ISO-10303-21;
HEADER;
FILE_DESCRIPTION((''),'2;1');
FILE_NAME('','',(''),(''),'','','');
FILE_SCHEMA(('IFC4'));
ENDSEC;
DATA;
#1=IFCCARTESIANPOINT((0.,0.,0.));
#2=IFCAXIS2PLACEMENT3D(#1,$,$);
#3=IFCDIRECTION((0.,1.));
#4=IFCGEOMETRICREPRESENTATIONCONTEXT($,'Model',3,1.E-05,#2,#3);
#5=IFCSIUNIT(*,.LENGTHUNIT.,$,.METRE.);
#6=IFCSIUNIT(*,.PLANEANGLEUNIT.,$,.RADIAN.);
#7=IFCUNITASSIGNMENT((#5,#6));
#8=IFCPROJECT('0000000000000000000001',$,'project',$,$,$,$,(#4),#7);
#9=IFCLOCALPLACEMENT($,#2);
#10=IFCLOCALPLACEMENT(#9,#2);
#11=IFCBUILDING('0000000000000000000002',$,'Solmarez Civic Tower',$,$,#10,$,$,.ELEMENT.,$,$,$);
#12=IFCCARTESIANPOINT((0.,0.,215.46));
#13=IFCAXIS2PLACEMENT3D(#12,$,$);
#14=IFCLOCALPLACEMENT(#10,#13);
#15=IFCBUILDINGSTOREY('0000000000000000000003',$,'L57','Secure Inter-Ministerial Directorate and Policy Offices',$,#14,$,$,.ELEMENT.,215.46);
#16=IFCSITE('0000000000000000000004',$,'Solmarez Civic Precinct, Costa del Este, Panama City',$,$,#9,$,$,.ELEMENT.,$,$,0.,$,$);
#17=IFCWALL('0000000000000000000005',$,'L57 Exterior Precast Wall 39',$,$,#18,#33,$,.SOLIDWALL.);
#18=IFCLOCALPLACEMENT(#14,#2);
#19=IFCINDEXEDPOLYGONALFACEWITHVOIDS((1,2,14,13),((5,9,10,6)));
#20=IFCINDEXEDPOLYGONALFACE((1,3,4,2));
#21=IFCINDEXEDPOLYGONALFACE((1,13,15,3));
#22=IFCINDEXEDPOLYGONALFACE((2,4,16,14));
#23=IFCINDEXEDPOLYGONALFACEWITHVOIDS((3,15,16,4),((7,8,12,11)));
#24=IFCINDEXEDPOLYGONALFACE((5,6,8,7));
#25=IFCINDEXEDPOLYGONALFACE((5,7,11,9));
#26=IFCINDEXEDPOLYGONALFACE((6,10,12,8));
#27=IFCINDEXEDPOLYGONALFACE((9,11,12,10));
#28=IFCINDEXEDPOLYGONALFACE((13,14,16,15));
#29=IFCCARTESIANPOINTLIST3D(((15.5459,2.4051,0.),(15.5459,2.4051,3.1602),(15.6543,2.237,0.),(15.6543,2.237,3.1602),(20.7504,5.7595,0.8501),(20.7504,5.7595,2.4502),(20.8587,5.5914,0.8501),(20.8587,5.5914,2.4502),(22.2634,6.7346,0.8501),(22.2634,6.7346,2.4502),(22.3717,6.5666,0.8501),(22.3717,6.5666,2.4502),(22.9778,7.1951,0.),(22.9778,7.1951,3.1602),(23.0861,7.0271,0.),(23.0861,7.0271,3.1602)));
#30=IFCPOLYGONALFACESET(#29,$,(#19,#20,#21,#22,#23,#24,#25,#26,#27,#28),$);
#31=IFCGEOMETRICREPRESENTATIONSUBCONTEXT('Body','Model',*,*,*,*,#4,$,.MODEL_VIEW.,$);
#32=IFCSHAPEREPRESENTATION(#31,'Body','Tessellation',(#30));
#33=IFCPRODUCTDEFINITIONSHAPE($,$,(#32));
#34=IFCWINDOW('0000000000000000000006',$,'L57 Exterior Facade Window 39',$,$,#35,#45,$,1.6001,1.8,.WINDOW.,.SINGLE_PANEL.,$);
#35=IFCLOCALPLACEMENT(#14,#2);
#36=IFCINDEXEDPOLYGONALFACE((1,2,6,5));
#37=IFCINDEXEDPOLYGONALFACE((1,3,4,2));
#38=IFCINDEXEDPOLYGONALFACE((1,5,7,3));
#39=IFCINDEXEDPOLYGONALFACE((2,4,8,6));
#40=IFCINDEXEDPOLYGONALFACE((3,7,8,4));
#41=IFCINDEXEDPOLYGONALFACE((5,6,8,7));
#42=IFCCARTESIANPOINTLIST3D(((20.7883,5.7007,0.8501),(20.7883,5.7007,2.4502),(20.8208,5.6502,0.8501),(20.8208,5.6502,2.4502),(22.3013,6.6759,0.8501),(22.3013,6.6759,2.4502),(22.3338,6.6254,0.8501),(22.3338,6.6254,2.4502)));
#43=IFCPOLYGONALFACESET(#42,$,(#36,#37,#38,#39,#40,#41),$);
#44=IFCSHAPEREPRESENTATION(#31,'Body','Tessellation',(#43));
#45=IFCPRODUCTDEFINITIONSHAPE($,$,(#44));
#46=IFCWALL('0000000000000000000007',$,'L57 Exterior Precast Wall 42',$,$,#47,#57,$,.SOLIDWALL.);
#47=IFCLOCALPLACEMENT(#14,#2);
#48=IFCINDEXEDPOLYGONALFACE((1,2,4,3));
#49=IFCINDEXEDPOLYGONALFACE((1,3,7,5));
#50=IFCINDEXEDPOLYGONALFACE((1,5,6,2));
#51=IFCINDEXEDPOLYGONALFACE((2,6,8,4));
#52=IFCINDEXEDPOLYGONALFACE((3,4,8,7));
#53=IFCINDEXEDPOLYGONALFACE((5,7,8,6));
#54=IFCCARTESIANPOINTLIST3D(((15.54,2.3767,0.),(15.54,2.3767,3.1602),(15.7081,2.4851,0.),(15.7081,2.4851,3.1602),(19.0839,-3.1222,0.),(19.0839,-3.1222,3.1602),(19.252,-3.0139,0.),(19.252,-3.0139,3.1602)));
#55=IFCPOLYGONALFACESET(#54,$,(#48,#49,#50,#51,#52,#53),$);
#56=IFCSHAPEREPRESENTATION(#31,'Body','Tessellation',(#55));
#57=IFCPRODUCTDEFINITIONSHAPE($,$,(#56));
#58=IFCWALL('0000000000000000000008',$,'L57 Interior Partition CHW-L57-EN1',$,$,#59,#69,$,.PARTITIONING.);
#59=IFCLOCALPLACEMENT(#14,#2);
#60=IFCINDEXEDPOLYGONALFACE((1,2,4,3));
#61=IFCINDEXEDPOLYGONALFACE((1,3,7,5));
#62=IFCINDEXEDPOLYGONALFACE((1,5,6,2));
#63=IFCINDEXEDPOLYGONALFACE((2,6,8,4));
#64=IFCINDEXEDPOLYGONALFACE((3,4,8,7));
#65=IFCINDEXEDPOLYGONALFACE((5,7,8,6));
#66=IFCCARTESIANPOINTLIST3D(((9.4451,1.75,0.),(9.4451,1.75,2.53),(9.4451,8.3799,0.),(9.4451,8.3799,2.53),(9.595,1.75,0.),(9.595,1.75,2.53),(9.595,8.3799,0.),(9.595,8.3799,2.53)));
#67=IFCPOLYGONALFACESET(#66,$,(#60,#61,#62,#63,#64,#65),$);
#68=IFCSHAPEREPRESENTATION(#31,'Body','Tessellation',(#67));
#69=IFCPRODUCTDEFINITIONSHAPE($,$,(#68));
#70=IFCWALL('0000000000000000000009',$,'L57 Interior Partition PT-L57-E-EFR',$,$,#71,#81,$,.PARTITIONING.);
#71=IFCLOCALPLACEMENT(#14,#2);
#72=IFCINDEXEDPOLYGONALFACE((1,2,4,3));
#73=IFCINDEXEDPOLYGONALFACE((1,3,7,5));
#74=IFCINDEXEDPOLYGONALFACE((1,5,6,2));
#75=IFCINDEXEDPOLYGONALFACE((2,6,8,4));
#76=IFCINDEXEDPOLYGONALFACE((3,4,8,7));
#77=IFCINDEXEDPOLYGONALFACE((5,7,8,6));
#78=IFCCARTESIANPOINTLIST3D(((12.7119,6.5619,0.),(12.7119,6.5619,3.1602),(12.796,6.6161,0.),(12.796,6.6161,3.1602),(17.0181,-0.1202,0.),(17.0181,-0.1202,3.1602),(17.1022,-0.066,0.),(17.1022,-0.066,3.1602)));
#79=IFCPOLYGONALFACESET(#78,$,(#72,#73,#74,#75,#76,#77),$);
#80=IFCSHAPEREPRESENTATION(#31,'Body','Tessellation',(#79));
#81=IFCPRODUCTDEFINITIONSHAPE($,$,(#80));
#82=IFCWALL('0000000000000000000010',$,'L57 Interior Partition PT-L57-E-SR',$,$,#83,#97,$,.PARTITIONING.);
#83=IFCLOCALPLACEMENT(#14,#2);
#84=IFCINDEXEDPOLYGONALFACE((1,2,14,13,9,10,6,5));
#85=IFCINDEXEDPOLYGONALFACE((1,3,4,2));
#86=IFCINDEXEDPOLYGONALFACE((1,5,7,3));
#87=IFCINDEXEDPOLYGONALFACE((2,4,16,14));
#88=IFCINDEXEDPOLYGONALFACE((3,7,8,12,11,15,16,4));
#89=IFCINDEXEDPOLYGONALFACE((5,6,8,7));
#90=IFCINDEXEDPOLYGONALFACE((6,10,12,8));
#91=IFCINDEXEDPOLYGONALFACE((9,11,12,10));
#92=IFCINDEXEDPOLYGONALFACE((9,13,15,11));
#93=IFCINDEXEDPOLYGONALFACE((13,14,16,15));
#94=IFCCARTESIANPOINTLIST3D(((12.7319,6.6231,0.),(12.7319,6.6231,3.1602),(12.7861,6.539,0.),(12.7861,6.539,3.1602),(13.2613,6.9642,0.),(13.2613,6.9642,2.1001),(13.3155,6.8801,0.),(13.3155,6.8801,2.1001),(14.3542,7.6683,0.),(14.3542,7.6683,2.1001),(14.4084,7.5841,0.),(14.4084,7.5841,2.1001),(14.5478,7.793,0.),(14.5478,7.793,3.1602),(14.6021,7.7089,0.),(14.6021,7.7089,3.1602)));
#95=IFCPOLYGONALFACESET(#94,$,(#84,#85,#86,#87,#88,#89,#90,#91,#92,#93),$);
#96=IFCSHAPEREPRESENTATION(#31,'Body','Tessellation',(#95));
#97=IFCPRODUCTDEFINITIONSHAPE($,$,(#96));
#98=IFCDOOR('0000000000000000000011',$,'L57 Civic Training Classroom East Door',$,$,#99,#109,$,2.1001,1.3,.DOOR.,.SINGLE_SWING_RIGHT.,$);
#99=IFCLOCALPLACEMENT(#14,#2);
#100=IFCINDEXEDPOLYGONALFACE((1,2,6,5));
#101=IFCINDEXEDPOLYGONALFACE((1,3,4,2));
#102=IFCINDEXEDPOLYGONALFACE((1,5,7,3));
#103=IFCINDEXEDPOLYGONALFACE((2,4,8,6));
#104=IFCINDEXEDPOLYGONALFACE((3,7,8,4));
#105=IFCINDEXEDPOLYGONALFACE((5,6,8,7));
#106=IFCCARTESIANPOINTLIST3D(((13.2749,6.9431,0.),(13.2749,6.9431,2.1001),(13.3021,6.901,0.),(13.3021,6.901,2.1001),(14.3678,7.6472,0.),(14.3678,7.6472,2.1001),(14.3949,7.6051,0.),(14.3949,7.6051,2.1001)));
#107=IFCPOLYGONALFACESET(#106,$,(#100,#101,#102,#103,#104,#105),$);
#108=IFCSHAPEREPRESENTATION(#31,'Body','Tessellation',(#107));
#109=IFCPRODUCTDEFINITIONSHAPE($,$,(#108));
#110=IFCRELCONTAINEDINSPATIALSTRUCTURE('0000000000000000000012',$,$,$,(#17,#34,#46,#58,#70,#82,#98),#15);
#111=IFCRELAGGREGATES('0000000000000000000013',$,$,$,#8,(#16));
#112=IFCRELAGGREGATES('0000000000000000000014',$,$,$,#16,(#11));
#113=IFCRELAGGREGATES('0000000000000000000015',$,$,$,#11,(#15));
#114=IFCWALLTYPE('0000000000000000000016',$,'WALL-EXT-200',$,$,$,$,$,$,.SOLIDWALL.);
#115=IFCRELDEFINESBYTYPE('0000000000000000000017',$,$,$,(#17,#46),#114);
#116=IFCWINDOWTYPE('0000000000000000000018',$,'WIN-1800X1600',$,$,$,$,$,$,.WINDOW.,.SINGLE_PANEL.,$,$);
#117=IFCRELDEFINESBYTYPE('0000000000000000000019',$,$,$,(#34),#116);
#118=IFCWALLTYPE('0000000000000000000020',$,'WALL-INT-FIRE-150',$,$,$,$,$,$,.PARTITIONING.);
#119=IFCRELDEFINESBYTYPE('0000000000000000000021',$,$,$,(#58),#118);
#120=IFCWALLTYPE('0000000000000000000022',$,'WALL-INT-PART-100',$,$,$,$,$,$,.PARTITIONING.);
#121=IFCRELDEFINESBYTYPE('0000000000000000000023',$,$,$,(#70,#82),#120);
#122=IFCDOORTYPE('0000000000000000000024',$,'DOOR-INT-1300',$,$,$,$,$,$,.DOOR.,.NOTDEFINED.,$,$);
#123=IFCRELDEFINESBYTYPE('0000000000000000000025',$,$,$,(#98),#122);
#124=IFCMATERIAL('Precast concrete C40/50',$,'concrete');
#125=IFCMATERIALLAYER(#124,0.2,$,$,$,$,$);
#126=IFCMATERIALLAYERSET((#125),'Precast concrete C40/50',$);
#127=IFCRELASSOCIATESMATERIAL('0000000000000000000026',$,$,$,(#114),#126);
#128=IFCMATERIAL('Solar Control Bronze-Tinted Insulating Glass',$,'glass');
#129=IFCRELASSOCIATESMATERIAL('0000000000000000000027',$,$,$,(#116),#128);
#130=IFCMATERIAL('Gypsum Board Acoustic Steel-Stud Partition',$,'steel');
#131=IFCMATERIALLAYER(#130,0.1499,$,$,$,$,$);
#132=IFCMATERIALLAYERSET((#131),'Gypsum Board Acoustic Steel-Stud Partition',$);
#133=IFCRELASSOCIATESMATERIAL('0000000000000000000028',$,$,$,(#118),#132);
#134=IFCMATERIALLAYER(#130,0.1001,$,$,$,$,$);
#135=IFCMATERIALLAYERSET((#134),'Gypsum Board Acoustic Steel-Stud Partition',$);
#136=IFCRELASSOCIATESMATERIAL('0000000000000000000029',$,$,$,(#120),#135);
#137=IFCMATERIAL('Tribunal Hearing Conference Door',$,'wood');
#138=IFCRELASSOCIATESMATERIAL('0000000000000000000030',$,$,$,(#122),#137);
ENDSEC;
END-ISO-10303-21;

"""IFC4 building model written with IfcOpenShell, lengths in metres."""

from ifc_helpers import new_model, si_unit, direction, frame, frame_2d, origin, place, context, subcontext, project, spatial, rectangle, extrude, material, layer, layer_set, type_object, element, fill, save


model = new_model("IFC4")

# Units and contexts
model_context = context("Model", 3, precision=1e-05, world=origin(), true_north=direction((0.0, 1.0)))
body_context = subcontext(model_context, "Body", "Model", "MODEL_VIEW")
ifc_project = project(units=[si_unit("LENGTHUNIT", "METRE"), si_unit("PLANEANGLEUNIT", "RADIAN")], contexts=[model_context])

# Site, building, storey
site_placement = place(None, origin())
site = spatial("IfcSite", under=ifc_project, at=site_placement, Name="Solmarez Civic Precinct, Costa del Este, Panama City", CompositionType="ELEMENT", RefElevation=0.0)
building_placement = place(site_placement, origin())
building = spatial("IfcBuilding", under=site, at=building_placement, Name="Solmarez Civic Tower", CompositionType="ELEMENT")
storey_placement = place(building_placement, frame((0.0, 0.0, 215.46)))
storey = spatial("IfcBuildingStorey", under=building, at=storey_placement, Name="L57", Description="Secure Inter-Ministerial Directorate and Policy Offices", CompositionType="ELEMENT", Elevation=215.46)

# Shared definitions
ifc_material_1 = material(Name="Precast concrete C40/50", Category="concrete")
ifc_layer_1 = layer(ifc_material_1, 0.2)
ifc_layer_set_1 = layer_set([ifc_layer_1], Name="Precast concrete C40/50")
wall_type_1 = type_object("IfcWallType", Name="WALL-EXT-200", PredefinedType="SOLIDWALL", material=ifc_layer_set_1)

# Wall, opening, window
wall_1_placement = place(storey_placement, frame((23.032, 7.1111, 0.0), z_axis=(0.0, 0.0, 1.0), x_axis=(-0.84054, -0.541749, 0.0)))
wall_1 = element("IfcWall", 1, at=wall_1_placement, inside=storey, type_object=wall_type_1, Name="L57 Exterior Precast Wall 39", PredefinedType="SOLIDWALL", context=body_context, shape_type="SweptSolid", body=[
    extrude(rectangle(XDim=8.8418, YDim=0.2, at=frame_2d((4.4209, 0.0))), origin(), (0.0, 0.0, 1.0), 3.1602),
])
opening_1_placement = place(wall_1_placement, frame((0.8501, 0.0, 0.8501)))
opening_1 = element("IfcOpeningElement", 2, at=opening_1_placement, cuts=wall_1, PredefinedType="OPENING", context=body_context, shape_type="SweptSolid", body=[
    extrude(rectangle(XDim=1.8, YDim=1.6001, at=frame_2d((0.8999, 0.8))), frame((0.0, 0.1099, 0.0), z_axis=(0.0, -1.0, 0.0), x_axis=(1.0, 0.0, 0.0)), (0.0, 0.0, 1.0), 0.22),
])
ifc_material_2 = material(Name="Solar Control Bronze-Tinted Insulating Glass", Category="glass")
window_type = type_object("IfcWindowType", Name="WIN-1800X1600", PartitioningType="SINGLE_PANEL", PredefinedType="WINDOW", material=ifc_material_2)
window_placement = place(opening_1_placement, origin())
window = element("IfcWindow", 3, at=window_placement, inside=storey, type_object=window_type, Name="L57 Exterior Facade Window 39", OverallHeight=1.6001, OverallWidth=1.8, PartitioningType="SINGLE_PANEL", PredefinedType="WINDOW", context=body_context, shape_type="SweptSolid", body=[
    extrude(rectangle(XDim=1.8, YDim=1.6001, at=frame_2d((0.8999, 0.8))), frame((0.0, 0.03, 0.0), z_axis=(0.0, -1.0, 0.0), x_axis=(1.0, 0.0, 0.0)), (0.0, 0.0, 1.0), 0.0601),
])
fill(opening_1, window)

# Walls
wall_2_placement = place(storey_placement, frame((15.624, 2.4309, 0.0), z_axis=(0.0, 0.0, 1.0), x_axis=(0.541715, -0.840562, 0.0)))
element("IfcWall", 4, at=wall_2_placement, inside=storey, type_object=wall_type_1, Name="L57 Exterior Precast Wall 42", PredefinedType="SOLIDWALL", context=body_context, shape_type="SweptSolid", body=[
    extrude(rectangle(XDim=6.542, YDim=0.2, at=frame_2d((3.271, 0.0))), origin(), (0.0, 0.0, 1.0), 3.1602),
])
ifc_material_3 = material(Name="Gypsum Board Acoustic Steel-Stud Partition", Category="steel")
ifc_layer_2 = layer(ifc_material_3, 0.1499)
ifc_layer_set_2 = layer_set([ifc_layer_2], Name="Gypsum Board Acoustic Steel-Stud Partition")
wall_type_2 = type_object("IfcWallType", Name="WALL-INT-FIRE-150", PredefinedType="PARTITIONING", material=ifc_layer_set_2)
wall_3_placement = place(storey_placement, frame((9.52, 1.75, 0.0), z_axis=(0.0, 0.0, 1.0), x_axis=(0.0, 1.0, 0.0)))
element("IfcWall", 5, at=wall_3_placement, inside=storey, type_object=wall_type_2, Name="L57 Interior Partition CHW-L57-EN1", PredefinedType="PARTITIONING", context=body_context, shape_type="SweptSolid", body=[
    extrude(rectangle(XDim=6.6299, YDim=0.1499, at=frame_2d((3.3149, 0.0))), origin(), (0.0, 0.0, 1.0), 2.53),
])
ifc_layer_3 = layer(ifc_material_3, 0.1001)
ifc_layer_set_3 = layer_set([ifc_layer_3], Name="Gypsum Board Acoustic Steel-Stud Partition")
wall_type_3 = type_object("IfcWallType", Name="WALL-INT-PART-100", PredefinedType="PARTITIONING", material=ifc_layer_set_3)
wall_4_placement = place(storey_placement, frame((17.0601, -0.093, 0.0), z_axis=(0.0, 0.0, 1.0), x_axis=(-0.541692, 0.840577, 0.0)))
element("IfcWall", 6, at=wall_4_placement, inside=storey, type_object=wall_type_3, Name="L57 Interior Partition PT-L57-E-EFR", PredefinedType="PARTITIONING", context=body_context, shape_type="SweptSolid", body=[
    extrude(rectangle(XDim=7.9495, YDim=0.1001, at=frame_2d((3.9746, 0.0))), origin(), (0.0, 0.0, 1.0), 3.1602),
])

# Wall, opening, door
wall_5_placement = place(storey_placement, frame((12.759, 6.5811, 0.0), z_axis=(0.0, 0.0, 1.0), x_axis=(0.840642, 0.541591, 0.0)))
wall_5 = element("IfcWall", 7, at=wall_5_placement, inside=storey, type_object=wall_type_3, Name="L57 Interior Partition PT-L57-E-SR", PredefinedType="PARTITIONING", context=body_context, shape_type="SweptSolid", body=[
    extrude(rectangle(XDim=2.1602, YDim=0.1001, at=frame_2d((1.0801, 0.0))), origin(), (0.0, 0.0, 1.0), 3.1602),
])
opening_2_placement = place(wall_5_placement, frame((0.6299, 0.0, 0.0)))
opening_2 = element("IfcOpeningElement", 8, at=opening_2_placement, cuts=wall_5, PredefinedType="OPENING", context=body_context, shape_type="SweptSolid", body=[
    extrude(rectangle(XDim=1.3, YDim=2.1001, at=frame_2d((0.6499, 1.05))), frame((0.0, 0.0601, 0.0), z_axis=(0.0, -1.0, 0.0), x_axis=(1.0, 0.0, 0.0)), (0.0, 0.0, 1.0), 0.1201),
])
ifc_material_4 = material(Name="Tribunal Hearing Conference Door", Category="wood")
door_type = type_object("IfcDoorType", Name="DOOR-INT-1300", OperationType="NOTDEFINED", PredefinedType="DOOR", material=ifc_material_4)
door_placement = place(opening_2_placement, origin())
door = element("IfcDoor", 9, at=door_placement, inside=storey, type_object=door_type, Name="L57 Civic Training Classroom East Door", OperationType="SINGLE_SWING_RIGHT", OverallHeight=2.1001, OverallWidth=1.3, PredefinedType="DOOR", context=body_context, shape_type="SweptSolid", body=[
    extrude(rectangle(XDim=1.3, YDim=2.1001, at=frame_2d((0.6499, 1.05))), frame((0.0, 0.0249, 0.0), z_axis=(0.0, -1.0, 0.0), x_axis=(1.0, 0.0, 0.0)), (0.0, 0.0, 1.0), 0.05),
])
fill(opening_2, door)

save(model, "model.ifc")
